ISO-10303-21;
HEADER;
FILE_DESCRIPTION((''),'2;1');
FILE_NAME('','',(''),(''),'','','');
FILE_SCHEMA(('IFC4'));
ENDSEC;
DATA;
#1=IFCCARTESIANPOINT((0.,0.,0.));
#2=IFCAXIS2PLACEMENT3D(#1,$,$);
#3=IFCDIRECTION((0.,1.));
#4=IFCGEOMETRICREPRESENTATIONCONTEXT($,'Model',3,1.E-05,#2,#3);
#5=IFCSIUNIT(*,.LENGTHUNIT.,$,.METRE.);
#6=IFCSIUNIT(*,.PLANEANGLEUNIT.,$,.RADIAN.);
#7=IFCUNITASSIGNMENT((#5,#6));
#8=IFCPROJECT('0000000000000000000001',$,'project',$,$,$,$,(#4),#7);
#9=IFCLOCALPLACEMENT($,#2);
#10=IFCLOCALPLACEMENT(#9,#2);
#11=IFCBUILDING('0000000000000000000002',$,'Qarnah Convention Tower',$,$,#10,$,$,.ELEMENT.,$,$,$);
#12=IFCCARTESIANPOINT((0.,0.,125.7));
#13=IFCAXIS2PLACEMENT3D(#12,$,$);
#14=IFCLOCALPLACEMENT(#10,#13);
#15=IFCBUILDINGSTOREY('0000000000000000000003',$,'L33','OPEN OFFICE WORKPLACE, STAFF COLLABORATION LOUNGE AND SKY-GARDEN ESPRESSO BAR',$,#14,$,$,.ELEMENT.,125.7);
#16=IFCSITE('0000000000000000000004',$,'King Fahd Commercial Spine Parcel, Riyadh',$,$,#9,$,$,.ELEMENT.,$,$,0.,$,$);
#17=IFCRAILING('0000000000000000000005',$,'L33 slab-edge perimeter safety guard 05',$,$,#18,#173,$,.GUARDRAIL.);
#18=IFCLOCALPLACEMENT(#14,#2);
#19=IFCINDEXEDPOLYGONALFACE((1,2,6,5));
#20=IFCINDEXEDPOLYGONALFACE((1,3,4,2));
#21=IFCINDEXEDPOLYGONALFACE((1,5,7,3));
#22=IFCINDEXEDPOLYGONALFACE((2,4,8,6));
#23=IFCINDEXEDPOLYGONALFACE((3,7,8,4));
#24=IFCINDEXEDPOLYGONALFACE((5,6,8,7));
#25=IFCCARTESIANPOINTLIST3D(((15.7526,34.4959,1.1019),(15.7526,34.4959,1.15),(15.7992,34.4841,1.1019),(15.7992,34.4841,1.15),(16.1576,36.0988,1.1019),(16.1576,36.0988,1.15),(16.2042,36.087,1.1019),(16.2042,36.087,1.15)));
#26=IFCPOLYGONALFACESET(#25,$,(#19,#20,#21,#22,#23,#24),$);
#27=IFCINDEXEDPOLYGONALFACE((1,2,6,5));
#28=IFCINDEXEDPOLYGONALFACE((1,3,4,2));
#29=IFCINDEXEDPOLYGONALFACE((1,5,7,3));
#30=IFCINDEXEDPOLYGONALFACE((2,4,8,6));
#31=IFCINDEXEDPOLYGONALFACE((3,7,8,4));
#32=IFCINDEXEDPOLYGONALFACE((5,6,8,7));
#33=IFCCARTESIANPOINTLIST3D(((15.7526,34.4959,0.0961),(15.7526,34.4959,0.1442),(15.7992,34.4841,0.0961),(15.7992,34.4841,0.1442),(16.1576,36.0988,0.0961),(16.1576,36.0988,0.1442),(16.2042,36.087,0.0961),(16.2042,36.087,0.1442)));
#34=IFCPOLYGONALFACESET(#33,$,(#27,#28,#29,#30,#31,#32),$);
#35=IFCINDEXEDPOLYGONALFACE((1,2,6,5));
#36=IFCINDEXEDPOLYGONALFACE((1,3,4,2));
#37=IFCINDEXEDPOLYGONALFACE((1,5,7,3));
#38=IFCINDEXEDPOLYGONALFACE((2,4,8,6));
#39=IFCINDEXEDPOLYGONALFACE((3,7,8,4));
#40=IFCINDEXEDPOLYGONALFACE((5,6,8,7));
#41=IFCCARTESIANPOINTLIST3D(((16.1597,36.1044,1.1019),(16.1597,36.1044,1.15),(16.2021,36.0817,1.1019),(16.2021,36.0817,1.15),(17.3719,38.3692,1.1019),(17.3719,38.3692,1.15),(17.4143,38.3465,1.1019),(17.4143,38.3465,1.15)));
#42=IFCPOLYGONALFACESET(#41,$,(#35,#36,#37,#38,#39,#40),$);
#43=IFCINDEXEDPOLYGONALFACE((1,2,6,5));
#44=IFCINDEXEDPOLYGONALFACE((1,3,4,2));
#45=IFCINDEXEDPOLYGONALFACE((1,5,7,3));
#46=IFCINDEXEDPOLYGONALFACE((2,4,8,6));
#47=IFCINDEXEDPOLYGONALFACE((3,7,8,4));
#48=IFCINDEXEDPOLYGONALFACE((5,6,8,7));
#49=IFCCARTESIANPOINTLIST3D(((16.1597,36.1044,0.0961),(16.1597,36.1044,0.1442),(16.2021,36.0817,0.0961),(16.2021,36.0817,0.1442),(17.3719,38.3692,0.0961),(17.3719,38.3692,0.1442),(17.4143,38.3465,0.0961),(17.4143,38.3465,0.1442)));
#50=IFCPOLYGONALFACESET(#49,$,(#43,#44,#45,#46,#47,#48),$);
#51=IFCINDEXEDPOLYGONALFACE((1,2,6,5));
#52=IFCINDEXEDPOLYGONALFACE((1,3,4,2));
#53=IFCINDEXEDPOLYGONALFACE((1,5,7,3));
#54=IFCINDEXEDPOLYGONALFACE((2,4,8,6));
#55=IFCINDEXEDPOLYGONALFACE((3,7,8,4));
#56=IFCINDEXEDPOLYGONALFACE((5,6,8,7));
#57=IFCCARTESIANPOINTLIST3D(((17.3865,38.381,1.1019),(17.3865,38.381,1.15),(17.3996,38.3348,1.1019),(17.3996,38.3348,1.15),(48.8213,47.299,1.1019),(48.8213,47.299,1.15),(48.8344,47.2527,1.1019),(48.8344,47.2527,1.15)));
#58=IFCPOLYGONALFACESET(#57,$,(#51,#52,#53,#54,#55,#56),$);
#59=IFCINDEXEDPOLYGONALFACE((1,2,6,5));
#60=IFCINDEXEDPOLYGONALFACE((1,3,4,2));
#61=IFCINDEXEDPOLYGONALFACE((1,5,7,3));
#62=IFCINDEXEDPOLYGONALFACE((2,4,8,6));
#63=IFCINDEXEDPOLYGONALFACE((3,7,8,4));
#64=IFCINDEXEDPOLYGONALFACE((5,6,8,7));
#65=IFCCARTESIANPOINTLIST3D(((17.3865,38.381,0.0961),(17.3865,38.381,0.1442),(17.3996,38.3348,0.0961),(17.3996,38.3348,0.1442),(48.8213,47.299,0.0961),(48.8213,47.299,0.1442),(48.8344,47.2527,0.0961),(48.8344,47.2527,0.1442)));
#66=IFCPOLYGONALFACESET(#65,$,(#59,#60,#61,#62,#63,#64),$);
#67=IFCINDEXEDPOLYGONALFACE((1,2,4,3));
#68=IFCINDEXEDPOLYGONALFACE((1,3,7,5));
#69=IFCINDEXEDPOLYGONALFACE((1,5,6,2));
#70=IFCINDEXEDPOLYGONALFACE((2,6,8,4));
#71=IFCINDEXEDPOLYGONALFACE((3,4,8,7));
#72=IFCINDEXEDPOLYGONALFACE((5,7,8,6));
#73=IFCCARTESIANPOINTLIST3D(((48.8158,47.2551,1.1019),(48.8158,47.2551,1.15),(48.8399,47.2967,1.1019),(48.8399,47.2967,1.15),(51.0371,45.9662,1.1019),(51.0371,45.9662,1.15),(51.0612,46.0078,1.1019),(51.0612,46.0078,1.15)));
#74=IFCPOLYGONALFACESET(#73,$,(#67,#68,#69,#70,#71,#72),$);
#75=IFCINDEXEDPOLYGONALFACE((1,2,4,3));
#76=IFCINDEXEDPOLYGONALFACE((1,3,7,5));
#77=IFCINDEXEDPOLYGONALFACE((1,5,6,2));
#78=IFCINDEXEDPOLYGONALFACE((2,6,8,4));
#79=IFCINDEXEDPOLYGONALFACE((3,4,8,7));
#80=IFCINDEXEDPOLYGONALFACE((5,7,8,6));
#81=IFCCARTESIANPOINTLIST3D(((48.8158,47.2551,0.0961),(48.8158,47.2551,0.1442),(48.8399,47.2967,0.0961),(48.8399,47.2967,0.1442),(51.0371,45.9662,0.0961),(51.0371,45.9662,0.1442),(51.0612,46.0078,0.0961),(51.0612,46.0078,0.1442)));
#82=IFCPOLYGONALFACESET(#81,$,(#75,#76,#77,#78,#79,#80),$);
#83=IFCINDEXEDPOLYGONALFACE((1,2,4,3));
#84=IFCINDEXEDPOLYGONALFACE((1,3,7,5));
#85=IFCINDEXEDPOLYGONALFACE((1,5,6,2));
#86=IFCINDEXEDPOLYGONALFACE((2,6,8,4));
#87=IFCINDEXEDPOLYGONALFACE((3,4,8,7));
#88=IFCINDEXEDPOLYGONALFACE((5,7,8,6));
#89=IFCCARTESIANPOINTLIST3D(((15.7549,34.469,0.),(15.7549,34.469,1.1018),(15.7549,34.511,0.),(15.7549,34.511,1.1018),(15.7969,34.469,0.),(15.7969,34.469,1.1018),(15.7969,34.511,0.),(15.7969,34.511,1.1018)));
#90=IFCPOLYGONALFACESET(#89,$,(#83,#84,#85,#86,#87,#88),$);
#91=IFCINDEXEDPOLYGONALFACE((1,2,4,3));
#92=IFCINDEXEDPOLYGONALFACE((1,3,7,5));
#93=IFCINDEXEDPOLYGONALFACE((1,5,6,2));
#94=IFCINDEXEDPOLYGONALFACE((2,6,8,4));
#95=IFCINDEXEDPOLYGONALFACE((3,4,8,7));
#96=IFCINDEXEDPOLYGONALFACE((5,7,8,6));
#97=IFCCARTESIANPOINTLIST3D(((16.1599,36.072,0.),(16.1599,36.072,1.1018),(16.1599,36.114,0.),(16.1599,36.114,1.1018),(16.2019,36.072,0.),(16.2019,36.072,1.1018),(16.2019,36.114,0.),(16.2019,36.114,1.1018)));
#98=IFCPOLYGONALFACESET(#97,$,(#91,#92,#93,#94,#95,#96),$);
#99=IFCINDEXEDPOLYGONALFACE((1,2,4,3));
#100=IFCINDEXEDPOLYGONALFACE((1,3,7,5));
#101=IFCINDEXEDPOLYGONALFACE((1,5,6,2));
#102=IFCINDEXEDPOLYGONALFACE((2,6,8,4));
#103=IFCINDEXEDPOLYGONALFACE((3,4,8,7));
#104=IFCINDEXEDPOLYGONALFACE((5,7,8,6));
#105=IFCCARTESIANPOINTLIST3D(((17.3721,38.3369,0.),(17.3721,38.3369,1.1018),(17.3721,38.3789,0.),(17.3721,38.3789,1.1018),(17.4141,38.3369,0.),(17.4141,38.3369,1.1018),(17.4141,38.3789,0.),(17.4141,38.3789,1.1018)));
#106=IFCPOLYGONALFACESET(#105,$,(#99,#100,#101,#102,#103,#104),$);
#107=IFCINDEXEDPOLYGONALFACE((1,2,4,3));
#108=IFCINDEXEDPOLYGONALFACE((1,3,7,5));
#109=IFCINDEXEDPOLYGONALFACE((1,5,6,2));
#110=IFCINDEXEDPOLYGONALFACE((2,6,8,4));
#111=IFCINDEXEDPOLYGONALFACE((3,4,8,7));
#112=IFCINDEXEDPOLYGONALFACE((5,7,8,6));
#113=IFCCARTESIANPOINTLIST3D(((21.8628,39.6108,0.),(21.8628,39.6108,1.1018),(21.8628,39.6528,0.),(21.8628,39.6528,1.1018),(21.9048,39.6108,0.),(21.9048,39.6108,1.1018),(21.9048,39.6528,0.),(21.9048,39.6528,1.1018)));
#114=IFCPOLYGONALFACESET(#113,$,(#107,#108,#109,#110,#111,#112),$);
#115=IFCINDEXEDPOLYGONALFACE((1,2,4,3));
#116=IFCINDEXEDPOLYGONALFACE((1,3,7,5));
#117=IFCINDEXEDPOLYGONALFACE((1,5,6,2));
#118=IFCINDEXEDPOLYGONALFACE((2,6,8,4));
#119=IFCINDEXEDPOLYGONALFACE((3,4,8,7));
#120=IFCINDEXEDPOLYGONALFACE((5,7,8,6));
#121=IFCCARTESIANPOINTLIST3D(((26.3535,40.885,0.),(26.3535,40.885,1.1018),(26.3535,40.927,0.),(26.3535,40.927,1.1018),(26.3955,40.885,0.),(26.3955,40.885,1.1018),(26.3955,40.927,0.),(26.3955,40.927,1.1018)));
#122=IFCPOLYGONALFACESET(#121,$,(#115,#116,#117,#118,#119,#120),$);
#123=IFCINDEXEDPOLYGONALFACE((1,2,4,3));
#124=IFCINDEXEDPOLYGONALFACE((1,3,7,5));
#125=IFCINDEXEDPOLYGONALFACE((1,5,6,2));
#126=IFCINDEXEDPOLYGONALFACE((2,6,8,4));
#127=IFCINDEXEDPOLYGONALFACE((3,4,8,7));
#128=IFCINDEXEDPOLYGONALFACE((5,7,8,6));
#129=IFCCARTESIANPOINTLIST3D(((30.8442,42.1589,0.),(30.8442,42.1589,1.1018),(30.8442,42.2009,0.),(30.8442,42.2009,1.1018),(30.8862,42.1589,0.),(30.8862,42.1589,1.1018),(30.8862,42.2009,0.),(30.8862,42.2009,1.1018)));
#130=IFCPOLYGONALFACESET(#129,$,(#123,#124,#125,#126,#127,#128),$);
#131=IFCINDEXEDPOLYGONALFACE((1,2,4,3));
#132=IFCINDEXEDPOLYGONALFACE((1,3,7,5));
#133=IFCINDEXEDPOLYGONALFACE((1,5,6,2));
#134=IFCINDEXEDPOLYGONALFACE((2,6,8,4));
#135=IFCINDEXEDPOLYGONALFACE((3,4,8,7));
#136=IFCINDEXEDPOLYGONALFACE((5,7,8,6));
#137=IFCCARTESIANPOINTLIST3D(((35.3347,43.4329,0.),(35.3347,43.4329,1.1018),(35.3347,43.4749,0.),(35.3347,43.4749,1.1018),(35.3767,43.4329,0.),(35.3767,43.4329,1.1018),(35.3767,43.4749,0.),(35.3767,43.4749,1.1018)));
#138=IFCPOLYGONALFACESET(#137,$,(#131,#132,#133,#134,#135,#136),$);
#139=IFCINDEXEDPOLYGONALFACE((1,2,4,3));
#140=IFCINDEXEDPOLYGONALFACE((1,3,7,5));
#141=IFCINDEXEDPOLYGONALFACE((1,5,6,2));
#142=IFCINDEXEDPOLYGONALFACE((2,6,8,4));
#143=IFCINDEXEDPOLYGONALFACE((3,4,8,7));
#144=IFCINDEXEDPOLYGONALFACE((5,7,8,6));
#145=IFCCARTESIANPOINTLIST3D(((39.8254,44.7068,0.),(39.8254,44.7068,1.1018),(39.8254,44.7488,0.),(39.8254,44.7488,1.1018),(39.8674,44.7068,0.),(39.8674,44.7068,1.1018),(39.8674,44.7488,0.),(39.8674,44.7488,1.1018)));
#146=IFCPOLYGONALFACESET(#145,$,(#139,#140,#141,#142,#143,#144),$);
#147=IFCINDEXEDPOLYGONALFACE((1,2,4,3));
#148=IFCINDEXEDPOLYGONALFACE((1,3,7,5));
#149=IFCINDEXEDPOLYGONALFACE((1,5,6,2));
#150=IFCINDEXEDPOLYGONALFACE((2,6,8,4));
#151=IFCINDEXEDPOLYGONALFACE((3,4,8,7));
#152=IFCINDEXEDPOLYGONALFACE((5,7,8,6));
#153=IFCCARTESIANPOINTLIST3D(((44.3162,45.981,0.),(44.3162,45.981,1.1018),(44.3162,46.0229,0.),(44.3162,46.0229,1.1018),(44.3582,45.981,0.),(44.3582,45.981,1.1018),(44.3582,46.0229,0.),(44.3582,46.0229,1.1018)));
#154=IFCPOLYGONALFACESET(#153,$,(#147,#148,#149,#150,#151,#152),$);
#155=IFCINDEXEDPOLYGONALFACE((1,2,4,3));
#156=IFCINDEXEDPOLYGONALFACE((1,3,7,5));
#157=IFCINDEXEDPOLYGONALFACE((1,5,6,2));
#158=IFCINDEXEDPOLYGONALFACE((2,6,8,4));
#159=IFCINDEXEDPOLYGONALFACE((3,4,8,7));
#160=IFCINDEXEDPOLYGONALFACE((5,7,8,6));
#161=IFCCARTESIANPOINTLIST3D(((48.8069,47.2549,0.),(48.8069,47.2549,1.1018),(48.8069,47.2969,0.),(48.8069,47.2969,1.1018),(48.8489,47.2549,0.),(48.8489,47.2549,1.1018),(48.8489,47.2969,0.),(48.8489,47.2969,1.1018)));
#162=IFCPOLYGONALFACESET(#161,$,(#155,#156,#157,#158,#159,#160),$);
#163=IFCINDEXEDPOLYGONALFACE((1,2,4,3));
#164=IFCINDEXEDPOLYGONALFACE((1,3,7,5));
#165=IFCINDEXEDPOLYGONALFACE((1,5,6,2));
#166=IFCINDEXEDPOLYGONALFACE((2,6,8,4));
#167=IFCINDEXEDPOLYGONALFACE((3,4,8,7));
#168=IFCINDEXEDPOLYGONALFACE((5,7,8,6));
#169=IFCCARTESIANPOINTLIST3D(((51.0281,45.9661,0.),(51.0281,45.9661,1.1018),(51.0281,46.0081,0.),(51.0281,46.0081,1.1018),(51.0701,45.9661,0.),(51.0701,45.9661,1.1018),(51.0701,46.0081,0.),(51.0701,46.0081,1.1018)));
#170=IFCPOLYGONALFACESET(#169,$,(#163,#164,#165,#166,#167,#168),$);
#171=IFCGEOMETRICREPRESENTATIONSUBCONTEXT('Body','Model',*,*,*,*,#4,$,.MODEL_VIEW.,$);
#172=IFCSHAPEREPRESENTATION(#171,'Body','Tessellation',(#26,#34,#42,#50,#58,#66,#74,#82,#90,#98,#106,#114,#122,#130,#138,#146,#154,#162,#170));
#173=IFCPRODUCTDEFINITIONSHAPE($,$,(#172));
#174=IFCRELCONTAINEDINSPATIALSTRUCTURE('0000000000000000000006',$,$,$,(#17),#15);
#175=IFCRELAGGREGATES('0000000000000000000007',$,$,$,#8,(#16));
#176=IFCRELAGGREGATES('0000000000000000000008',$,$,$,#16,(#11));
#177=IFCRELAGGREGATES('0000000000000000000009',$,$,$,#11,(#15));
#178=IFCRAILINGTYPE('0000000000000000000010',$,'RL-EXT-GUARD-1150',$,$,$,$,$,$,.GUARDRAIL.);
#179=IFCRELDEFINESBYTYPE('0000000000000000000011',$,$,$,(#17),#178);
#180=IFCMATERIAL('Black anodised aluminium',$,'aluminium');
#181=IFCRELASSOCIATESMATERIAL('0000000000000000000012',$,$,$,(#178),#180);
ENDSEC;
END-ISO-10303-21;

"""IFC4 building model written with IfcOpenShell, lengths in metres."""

from ifc_helpers import new_model, si_unit, direction, frame, origin, origin_2d, place, context, subcontext, project, spatial, rectangle, extrude, material, type_object, element, save


model = new_model("IFC4")

# Units and contexts
model_context = context("Model", 3, precision=1e-05, world=origin(), true_north=direction((0.0, 1.0)))
body_context = subcontext(model_context, "Body", "Model", "MODEL_VIEW")
ifc_project = project(units=[si_unit("LENGTHUNIT", "METRE"), si_unit("PLANEANGLEUNIT", "RADIAN")], contexts=[model_context])

# Site, building, storey
site_placement = place(None, origin())
site = spatial("IfcSite", under=ifc_project, at=site_placement, Name="King Fahd Commercial Spine Parcel, Riyadh", CompositionType="ELEMENT", RefElevation=0.0)
building_placement = place(site_placement, origin())
building = spatial("IfcBuilding", under=site, at=building_placement, Name="Qarnah Convention Tower", CompositionType="ELEMENT")
storey_placement = place(building_placement, frame((0.0, 0.0, 125.7)))
storey = spatial("IfcBuildingStorey", under=building, at=storey_placement, Name="L33", Description="OPEN OFFICE WORKPLACE, STAFF COLLABORATION LOUNGE AND SKY-GARDEN ESPRESSO BAR", CompositionType="ELEMENT", Elevation=125.7)

# Shared definitions
ifc_material_1 = material(Name="Black anodised aluminium", Category="aluminium")

# Railing
railing_type_1 = type_object("IfcRailingType", Name="RL-EXT-GUARD-1150", PredefinedType="GUARDRAIL", material=ifc_material_1)
railing_1_placement = place(storey_placement, frame((15.7759, 34.49, 0.0)))
element("IfcRailing", 1, at=railing_1_placement, inside=storey, type_object=railing_type_1, Name="L33 slab-edge perimeter safety guard 05", PredefinedType="GUARDRAIL", context=body_context, shape_type="SweptSolid", body=[
    extrude(rectangle(XDim=0.0481, YDim=0.0481, at=origin_2d()), frame((0.0, 0.0, 1.126), z_axis=(0.244967, 0.969531, 0.0), x_axis=(-0.969531, 0.244967, 0.0)), (0.0, 0.0, 1.0), 1.6533),
    extrude(rectangle(XDim=0.0481, YDim=0.0481, at=origin_2d()), frame((0.0, 0.0, 0.1201), z_axis=(0.244967, 0.969531, 0.0), x_axis=(-0.969531, 0.244967, 0.0)), (0.0, 0.0, 1.0), 1.6533),
    extrude(rectangle(XDim=0.0481, YDim=0.0481, at=origin_2d()), frame((0.405, 1.603, 1.126), z_axis=(0.471865, 0.881671, 0.0), x_axis=(-0.881671, 0.471865, 0.0)), (0.0, 0.0, 1.0), 2.5688),
    extrude(rectangle(XDim=0.0481, YDim=0.0481, at=origin_2d()), frame((0.405, 1.603, 0.1201), z_axis=(0.471865, 0.881671, 0.0), x_axis=(-0.881671, 0.471865, 0.0)), (0.0, 0.0, 1.0), 2.5688),
    extrude(rectangle(XDim=0.0481, YDim=0.0481, at=origin_2d()), frame((1.6172, 3.8679, 1.126), z_axis=(0.962035, 0.272927, 0.0), x_axis=(-0.272927, 0.962035, 0.0)), (0.0, 0.0, 1.0), 32.6753),
    extrude(rectangle(XDim=0.0481, YDim=0.0481, at=origin_2d()), frame((1.6172, 3.8679, 0.1201), z_axis=(0.962035, 0.272927, 0.0), x_axis=(-0.272927, 0.962035, 0.0)), (0.0, 0.0, 1.0), 32.6753),
    extrude(rectangle(XDim=0.0481, YDim=0.0481, at=origin_2d()), frame((33.052, 12.7859, 1.126), z_axis=(0.864942, -0.501872, 0.0), x_axis=(0.501872, 0.864942, 0.0)), (0.0, 0.0, 1.0), 2.5681),
    extrude(rectangle(XDim=0.0481, YDim=0.0481, at=origin_2d()), frame((33.052, 12.7859, 0.1201), z_axis=(0.864942, -0.501872, 0.0), x_axis=(0.501872, 0.864942, 0.0)), (0.0, 0.0, 1.0), 2.5681),
    extrude(rectangle(XDim=0.042, YDim=0.042, at=origin_2d()), origin(), (0.0, 0.0, 1.0), 1.1018),
    extrude(rectangle(XDim=0.042, YDim=0.042, at=origin_2d()), frame((0.405, 1.603, 0.0)), (0.0, 0.0, 1.0), 1.1018),
    extrude(rectangle(XDim=0.042, YDim=0.042, at=origin_2d()), frame((1.6172, 3.8679, 0.0)), (0.0, 0.0, 1.0), 1.1018),
    extrude(rectangle(XDim=0.042, YDim=0.042, at=origin_2d()), frame((6.1079, 5.1418, 0.0)), (0.0, 0.0, 1.0), 1.1018),
    extrude(rectangle(XDim=0.042, YDim=0.042, at=origin_2d()), frame((10.5986, 6.416, 0.0)), (0.0, 0.0, 1.0), 1.1018),
    extrude(rectangle(XDim=0.042, YDim=0.042, at=origin_2d()), frame((15.0894, 7.6899, 0.0)), (0.0, 0.0, 1.0), 1.1018),
    extrude(rectangle(XDim=0.042, YDim=0.042, at=origin_2d()), frame((19.5798, 8.9639, 0.0)), (0.0, 0.0, 1.0), 1.1018),
    extrude(rectangle(XDim=0.042, YDim=0.042, at=origin_2d()), frame((24.0706, 10.2378, 0.0)), (0.0, 0.0, 1.0), 1.1018),
    extrude(rectangle(XDim=0.042, YDim=0.042, at=origin_2d()), frame((28.5613, 11.512, 0.0)), (0.0, 0.0, 1.0), 1.1018),
    extrude(rectangle(XDim=0.042, YDim=0.042, at=origin_2d()), frame((33.052, 12.7859, 0.0)), (0.0, 0.0, 1.0), 1.1018),
    extrude(rectangle(XDim=0.042, YDim=0.042, at=origin_2d()), frame((35.2732, 11.4971, 0.0)), (0.0, 0.0, 1.0), 1.1018),
])

save(model, "model.ifc")
